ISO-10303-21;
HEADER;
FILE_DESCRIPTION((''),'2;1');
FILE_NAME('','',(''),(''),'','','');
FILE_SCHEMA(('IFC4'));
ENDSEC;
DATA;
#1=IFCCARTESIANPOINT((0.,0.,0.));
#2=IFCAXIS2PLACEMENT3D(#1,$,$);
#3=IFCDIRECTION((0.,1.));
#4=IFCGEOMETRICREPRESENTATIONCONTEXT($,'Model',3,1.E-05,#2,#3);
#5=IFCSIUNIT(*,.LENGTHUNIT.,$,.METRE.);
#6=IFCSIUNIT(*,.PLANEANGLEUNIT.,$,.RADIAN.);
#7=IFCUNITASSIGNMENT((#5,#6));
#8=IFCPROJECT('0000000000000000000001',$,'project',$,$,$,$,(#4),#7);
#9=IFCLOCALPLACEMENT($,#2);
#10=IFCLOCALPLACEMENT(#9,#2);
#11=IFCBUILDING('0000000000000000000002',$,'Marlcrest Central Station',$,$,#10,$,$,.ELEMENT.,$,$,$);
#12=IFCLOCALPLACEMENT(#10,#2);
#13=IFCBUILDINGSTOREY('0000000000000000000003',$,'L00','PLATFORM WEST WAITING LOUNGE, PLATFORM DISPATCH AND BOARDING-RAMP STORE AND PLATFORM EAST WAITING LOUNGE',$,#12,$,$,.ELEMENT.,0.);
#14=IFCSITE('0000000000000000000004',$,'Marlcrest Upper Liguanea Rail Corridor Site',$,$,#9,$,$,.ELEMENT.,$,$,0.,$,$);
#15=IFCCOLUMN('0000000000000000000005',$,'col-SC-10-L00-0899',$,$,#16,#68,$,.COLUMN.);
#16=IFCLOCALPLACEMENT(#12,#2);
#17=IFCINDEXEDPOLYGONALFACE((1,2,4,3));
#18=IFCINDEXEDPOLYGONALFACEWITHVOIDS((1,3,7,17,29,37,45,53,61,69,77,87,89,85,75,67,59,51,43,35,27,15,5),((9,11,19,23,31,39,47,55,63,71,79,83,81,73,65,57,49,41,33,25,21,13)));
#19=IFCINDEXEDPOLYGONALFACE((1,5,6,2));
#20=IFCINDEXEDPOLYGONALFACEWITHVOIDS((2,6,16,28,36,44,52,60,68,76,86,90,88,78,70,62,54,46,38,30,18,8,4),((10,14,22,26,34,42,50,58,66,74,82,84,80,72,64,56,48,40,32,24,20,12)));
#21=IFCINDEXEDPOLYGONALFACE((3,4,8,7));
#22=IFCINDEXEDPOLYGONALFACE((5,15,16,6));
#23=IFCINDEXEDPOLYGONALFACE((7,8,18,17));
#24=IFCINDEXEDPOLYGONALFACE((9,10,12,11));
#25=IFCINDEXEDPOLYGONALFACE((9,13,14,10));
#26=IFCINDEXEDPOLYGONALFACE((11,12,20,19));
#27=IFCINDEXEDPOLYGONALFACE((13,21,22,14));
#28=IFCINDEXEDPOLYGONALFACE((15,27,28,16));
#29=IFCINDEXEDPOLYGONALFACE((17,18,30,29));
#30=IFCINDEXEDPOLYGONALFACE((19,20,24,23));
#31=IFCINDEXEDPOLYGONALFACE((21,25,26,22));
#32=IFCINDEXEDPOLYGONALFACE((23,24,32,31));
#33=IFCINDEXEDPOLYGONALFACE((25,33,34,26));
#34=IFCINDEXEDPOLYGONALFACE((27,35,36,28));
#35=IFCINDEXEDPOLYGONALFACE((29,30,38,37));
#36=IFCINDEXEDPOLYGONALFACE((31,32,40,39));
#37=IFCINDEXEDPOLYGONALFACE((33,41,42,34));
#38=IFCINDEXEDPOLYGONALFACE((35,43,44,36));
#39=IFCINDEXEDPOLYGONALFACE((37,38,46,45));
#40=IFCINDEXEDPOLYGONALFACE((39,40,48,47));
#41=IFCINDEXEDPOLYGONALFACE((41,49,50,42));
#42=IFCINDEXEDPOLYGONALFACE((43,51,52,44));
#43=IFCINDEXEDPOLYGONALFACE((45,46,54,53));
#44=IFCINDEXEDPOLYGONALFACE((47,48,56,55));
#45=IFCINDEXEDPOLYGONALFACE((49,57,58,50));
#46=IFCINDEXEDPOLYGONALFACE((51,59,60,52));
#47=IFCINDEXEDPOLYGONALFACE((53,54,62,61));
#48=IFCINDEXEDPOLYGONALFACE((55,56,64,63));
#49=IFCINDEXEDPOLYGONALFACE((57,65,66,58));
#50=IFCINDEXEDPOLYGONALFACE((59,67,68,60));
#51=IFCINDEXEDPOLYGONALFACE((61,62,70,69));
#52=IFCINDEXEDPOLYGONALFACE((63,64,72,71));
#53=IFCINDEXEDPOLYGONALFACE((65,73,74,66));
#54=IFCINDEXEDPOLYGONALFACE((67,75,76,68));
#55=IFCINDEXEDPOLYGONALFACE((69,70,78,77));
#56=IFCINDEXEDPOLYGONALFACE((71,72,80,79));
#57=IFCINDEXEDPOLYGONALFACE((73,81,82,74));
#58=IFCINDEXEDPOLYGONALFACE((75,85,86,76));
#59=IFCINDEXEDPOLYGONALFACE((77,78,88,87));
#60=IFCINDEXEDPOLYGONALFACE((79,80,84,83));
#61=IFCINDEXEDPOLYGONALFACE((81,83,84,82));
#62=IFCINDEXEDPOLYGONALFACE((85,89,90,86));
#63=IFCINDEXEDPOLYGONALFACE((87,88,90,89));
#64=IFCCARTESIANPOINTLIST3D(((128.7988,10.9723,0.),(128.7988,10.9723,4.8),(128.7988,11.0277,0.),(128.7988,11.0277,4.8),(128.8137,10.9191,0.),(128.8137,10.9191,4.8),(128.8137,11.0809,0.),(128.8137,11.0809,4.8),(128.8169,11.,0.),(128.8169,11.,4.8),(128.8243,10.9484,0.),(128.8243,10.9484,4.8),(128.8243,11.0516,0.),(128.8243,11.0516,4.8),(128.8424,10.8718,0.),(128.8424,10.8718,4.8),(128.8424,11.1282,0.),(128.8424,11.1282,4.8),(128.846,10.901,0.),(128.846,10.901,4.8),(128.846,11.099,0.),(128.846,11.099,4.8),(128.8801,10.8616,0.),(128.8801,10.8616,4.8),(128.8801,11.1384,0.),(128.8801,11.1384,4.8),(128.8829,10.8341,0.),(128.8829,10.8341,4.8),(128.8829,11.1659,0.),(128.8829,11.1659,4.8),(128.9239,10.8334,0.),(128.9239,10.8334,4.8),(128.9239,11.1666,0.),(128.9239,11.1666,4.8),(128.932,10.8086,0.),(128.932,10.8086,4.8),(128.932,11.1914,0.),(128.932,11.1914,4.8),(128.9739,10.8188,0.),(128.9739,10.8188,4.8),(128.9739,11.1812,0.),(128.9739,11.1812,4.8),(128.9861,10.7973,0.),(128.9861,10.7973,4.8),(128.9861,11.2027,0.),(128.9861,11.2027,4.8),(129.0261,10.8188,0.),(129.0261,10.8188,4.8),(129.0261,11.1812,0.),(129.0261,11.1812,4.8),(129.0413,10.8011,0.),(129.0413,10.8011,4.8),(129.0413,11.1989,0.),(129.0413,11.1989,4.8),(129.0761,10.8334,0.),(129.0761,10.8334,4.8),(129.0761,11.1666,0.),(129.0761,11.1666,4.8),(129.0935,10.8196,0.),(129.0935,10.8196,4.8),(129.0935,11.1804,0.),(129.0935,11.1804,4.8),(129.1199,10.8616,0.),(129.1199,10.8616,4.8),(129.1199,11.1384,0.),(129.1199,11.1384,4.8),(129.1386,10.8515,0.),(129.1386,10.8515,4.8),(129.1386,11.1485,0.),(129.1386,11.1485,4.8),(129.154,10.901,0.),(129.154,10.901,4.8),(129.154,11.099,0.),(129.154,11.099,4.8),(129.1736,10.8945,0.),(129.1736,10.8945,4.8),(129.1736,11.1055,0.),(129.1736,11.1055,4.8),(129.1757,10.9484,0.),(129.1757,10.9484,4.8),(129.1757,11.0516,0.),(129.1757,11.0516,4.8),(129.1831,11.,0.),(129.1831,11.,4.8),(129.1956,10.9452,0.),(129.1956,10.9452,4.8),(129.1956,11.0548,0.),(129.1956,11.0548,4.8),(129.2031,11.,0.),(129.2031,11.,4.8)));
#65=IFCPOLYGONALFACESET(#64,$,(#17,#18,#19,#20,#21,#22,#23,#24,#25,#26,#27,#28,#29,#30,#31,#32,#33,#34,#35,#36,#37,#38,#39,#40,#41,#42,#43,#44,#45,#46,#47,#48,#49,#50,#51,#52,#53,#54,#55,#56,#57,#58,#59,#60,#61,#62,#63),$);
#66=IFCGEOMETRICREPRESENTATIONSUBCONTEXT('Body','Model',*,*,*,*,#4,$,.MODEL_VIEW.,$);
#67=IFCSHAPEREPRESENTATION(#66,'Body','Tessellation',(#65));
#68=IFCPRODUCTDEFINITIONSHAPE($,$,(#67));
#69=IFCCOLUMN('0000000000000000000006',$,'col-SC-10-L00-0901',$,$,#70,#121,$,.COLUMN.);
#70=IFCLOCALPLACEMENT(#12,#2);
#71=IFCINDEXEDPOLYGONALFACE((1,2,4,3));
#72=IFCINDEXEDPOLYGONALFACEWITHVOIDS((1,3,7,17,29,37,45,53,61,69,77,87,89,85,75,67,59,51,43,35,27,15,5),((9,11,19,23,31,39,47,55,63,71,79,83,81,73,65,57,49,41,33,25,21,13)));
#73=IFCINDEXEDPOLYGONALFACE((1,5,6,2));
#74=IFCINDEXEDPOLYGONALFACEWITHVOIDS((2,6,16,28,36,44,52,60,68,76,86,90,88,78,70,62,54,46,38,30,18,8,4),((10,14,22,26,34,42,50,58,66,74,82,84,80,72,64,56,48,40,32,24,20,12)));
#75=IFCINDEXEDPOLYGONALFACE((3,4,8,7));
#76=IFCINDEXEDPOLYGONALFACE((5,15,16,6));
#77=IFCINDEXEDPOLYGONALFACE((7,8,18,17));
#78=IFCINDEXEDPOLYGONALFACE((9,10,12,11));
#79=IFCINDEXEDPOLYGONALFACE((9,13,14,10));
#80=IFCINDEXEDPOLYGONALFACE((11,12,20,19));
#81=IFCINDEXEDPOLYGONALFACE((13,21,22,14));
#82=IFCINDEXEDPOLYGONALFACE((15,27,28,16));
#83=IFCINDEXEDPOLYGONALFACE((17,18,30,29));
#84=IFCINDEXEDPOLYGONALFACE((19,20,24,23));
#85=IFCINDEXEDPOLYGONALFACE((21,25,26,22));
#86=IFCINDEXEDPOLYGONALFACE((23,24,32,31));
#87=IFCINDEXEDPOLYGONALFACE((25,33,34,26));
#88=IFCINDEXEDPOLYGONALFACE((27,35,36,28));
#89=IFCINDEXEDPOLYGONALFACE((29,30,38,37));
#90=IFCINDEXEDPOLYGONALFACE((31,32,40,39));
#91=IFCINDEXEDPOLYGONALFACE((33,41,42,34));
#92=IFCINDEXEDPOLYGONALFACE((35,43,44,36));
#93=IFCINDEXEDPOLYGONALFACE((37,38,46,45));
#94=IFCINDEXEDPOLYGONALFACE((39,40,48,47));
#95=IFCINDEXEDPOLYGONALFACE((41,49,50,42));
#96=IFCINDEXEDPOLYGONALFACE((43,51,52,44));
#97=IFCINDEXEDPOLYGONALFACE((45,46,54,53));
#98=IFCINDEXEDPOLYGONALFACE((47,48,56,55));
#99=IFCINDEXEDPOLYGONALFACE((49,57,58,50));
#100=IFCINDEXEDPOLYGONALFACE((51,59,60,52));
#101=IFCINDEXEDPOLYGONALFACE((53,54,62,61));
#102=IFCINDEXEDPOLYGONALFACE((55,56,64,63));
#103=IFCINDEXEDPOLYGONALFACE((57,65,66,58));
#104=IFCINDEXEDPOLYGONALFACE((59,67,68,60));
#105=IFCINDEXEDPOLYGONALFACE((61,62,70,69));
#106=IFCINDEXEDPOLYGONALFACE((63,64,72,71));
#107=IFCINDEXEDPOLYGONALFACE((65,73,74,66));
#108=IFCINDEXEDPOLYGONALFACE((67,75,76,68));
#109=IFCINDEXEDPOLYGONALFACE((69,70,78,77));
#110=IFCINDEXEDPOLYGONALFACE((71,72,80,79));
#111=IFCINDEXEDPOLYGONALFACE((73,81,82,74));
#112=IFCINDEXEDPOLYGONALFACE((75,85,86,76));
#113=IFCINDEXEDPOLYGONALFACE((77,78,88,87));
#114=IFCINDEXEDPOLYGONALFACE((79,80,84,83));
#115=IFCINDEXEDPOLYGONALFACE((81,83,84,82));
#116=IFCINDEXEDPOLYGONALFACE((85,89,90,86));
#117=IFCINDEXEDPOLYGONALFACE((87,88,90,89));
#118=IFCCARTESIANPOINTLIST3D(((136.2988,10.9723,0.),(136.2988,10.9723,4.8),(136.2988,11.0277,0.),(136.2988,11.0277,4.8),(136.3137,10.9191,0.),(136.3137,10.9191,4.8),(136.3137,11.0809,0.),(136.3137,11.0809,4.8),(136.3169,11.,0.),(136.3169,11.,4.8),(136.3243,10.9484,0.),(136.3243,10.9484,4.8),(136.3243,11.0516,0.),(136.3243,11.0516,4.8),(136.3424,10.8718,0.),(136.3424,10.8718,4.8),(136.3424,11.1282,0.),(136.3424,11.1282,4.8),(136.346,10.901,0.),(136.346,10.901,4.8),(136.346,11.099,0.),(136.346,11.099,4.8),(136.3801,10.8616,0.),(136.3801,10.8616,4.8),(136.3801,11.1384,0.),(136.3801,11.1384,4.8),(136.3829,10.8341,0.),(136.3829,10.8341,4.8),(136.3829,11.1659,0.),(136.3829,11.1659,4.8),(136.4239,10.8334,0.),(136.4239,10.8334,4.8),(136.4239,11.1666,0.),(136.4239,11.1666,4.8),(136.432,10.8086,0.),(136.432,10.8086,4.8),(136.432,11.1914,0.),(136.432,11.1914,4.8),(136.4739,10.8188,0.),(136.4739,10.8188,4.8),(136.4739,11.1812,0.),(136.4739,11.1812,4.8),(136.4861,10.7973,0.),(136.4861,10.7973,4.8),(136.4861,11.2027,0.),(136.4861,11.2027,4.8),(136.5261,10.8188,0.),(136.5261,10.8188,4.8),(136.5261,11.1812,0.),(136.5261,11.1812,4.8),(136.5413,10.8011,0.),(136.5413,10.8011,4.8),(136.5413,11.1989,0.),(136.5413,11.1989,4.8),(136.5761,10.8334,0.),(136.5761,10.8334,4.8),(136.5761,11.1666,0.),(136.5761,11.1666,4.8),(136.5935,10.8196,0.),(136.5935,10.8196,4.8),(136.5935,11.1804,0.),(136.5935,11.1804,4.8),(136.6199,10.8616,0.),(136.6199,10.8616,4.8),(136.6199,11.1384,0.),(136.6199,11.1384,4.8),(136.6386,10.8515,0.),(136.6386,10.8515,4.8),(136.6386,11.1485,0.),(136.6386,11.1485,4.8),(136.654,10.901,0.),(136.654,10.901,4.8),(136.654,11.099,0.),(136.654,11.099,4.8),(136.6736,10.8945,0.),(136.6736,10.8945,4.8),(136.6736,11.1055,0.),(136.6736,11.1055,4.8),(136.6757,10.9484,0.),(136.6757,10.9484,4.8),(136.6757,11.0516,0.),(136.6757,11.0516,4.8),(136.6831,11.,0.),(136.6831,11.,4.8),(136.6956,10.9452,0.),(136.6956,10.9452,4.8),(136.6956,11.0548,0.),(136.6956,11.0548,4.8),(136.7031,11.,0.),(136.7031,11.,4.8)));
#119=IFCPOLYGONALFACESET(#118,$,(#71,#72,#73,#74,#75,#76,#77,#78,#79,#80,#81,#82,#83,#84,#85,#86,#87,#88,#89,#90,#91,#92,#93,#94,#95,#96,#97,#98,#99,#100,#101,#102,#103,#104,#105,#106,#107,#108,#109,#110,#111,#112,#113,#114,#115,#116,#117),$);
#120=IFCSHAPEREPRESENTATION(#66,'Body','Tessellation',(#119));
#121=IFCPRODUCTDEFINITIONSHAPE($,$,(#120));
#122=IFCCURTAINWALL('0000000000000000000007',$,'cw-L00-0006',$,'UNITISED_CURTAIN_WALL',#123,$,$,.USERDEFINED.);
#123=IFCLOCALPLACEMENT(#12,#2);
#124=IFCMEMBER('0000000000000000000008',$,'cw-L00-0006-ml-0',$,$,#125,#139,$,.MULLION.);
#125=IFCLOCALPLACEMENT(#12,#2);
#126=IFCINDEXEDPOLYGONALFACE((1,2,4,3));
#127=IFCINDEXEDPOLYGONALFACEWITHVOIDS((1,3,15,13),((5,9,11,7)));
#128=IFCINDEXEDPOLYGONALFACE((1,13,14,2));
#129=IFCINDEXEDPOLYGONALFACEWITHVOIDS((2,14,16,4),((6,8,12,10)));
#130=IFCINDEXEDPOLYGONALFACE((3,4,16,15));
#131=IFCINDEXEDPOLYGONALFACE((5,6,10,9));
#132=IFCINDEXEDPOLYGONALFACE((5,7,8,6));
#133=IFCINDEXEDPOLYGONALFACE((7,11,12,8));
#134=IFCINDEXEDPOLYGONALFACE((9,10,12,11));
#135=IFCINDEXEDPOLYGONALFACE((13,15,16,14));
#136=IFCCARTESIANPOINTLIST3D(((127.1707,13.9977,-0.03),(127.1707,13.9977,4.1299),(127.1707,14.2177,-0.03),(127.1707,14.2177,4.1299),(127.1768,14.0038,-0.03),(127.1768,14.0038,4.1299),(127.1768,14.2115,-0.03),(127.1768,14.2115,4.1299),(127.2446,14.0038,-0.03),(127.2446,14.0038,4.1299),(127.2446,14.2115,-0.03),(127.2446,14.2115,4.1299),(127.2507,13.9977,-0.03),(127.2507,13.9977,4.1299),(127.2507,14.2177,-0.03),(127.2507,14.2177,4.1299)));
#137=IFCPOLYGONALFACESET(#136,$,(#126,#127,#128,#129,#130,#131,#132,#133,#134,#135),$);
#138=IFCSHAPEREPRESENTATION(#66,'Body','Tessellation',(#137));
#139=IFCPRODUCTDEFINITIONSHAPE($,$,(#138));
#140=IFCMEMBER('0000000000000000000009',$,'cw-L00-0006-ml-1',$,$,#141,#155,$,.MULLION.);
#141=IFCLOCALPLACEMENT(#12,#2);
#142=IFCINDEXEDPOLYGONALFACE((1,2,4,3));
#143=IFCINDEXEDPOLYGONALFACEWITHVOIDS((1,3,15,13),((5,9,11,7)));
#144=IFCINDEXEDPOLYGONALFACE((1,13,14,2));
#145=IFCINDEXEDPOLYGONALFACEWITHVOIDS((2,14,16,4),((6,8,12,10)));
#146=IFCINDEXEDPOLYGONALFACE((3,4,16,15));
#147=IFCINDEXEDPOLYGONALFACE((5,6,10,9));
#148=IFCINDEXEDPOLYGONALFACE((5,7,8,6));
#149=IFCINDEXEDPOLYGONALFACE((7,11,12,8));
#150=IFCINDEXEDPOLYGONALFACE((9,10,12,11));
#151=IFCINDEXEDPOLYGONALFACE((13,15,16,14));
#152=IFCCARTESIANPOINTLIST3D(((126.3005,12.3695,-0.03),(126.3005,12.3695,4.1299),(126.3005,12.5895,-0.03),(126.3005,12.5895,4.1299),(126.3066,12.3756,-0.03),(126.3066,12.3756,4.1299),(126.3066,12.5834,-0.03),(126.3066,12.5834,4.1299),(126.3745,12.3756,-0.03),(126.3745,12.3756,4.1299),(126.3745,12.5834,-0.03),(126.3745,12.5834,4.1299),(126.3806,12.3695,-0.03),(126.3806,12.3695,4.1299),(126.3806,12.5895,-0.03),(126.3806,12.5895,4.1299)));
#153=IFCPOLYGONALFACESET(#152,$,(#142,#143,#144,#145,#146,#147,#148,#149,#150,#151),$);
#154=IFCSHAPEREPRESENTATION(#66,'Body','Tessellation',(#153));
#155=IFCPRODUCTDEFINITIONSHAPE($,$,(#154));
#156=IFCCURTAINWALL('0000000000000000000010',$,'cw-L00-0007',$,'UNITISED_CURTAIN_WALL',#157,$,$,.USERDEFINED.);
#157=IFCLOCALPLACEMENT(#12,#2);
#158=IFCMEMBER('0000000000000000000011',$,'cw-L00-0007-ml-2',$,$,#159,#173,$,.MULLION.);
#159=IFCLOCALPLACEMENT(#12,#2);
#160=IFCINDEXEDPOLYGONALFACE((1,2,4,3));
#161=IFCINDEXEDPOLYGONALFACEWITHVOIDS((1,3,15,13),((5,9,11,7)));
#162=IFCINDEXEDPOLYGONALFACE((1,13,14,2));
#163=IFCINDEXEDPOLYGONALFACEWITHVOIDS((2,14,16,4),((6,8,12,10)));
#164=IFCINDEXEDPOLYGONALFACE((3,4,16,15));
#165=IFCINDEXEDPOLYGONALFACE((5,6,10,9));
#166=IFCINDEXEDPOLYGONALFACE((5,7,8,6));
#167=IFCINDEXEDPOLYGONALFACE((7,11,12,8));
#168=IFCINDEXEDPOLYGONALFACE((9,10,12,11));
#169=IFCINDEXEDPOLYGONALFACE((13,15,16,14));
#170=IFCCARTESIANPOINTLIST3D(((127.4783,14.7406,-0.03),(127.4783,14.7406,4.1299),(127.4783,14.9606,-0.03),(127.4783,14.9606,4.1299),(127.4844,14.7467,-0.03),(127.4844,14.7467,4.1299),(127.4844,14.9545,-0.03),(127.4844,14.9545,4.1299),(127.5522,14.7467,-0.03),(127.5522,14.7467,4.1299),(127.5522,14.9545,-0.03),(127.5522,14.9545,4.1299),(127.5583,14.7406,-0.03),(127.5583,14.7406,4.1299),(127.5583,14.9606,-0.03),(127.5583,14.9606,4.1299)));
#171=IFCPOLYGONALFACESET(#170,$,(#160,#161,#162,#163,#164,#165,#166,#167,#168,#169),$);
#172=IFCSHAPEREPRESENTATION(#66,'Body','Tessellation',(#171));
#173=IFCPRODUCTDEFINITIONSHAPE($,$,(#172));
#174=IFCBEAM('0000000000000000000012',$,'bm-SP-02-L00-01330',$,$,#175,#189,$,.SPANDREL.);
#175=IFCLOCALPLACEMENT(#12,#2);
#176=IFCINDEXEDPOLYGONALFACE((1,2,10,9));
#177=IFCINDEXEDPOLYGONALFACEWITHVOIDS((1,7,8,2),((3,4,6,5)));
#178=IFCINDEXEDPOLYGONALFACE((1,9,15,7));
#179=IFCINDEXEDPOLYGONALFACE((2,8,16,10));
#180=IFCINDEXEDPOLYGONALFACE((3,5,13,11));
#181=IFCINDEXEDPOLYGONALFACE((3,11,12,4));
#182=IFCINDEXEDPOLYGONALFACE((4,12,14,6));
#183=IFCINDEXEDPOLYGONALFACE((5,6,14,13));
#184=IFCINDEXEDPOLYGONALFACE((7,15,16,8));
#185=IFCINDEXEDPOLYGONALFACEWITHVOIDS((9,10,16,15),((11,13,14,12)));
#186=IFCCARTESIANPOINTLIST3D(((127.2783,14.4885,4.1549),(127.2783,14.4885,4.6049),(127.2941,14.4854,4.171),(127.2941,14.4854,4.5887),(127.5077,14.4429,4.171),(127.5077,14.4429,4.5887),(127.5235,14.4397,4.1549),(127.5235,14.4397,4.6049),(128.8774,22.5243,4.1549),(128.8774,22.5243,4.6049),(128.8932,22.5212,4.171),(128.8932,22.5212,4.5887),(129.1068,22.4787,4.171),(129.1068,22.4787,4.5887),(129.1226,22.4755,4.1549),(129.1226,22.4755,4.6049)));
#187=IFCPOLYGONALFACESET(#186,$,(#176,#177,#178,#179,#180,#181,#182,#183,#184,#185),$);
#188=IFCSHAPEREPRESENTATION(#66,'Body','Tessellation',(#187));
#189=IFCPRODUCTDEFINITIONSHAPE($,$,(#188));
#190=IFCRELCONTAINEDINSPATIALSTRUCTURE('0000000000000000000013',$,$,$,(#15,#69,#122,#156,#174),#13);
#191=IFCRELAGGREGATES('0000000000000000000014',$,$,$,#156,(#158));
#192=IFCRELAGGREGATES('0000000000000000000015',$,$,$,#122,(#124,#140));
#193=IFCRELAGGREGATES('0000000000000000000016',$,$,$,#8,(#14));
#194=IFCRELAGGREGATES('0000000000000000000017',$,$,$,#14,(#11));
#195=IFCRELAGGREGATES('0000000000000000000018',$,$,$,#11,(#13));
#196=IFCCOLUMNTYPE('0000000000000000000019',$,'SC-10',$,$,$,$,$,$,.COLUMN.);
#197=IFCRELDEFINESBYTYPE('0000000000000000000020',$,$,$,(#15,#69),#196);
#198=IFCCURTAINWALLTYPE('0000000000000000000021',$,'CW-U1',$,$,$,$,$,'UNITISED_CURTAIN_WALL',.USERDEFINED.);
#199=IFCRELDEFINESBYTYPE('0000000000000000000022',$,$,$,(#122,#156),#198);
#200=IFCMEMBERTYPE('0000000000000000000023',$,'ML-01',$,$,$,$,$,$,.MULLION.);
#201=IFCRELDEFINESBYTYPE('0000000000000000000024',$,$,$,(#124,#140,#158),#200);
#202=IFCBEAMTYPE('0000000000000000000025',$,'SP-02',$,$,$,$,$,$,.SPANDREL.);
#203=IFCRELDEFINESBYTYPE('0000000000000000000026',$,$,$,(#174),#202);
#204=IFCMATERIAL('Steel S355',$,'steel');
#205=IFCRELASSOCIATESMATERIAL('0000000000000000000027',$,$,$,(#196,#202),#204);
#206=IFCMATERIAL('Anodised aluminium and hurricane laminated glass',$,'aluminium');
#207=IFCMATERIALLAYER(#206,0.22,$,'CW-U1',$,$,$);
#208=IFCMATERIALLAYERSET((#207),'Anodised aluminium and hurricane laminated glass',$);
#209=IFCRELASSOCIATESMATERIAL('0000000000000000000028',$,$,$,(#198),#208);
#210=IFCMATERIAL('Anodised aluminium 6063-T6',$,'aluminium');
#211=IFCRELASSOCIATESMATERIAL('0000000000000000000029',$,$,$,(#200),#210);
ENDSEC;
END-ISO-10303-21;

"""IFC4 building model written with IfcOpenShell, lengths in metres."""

from ifc_helpers import new_model, si_unit, direction, frame, origin, origin_2d, place, context, subcontext, project, spatial, hollow_rectangle, hollow_circle, extrude, material, layer, layer_set, material_profile, profile_set, type_object, element, aggregate, save


model = new_model("IFC4")

# Units and contexts
model_context = context("Model", 3, precision=1e-05, world=origin(), true_north=direction((0.0, 1.0)))
body_context = subcontext(model_context, "Body", "Model", "MODEL_VIEW")
ifc_project = project(units=[si_unit("LENGTHUNIT", "METRE"), si_unit("PLANEANGLEUNIT", "RADIAN")], contexts=[model_context])

# Site, building, storey
site_placement = place(None, origin())
site = spatial("IfcSite", under=ifc_project, at=site_placement, Name="Marlcrest Upper Liguanea Rail Corridor Site", CompositionType="ELEMENT", RefElevation=0.0)
building_placement = place(site_placement, origin())
building = spatial("IfcBuilding", under=site, at=building_placement, Name="Marlcrest Central Station", CompositionType="ELEMENT")
storey_placement = place(building_placement, origin())
storey = spatial("IfcBuildingStorey", under=building, at=storey_placement, Name="L00", Description="PLATFORM WEST WAITING LOUNGE, PLATFORM DISPATCH AND BOARDING-RAMP STORE AND PLATFORM EAST WAITING LOUNGE", CompositionType="ELEMENT", Elevation=0.0)

# Columns
ifc_material_1 = material(Name="Steel S355", Category="steel")
ifc_material_profile_1 = material_profile(ifc_material_1, hollow_circle(Radius=0.2031, WallThickness=0.02, at=origin_2d()), Name="CHS 406.4x20")
ifc_profile_set_1 = profile_set([ifc_material_profile_1], Name="Steel S355")
column_type = type_object("IfcColumnType", Name="SC-10", PredefinedType="COLUMN", material=ifc_profile_set_1)
for number, where, z_axis, x_axis, name in (
    (1, (129.0, 11.0, 0.0), (0.0, 0.0, 1.0), (1.0, 0.0, 0.0), "col-SC-10-L00-0899"),
    (2, (136.5, 11.0, 0.0), (0.0, 0.0, 1.0), (1.0, 0.0, 0.0), "col-SC-10-L00-0901"),
):
    element("IfcColumn", number, at=place(storey_placement, frame(where, z_axis=z_axis, x_axis=x_axis)), inside=storey, type_object=column_type, Name=name, PredefinedType="COLUMN", context=body_context, shape_type="SweptSolid", body=[
        extrude(hollow_circle(Radius=0.2031, WallThickness=0.02, at=origin_2d()), origin(), (0.0, 0.0, 1.0), 4.8),
    ])

# Curtain wall, members
ifc_material_2 = material(Name="Anodised aluminium and hurricane laminated glass", Category="aluminium")
ifc_layer_1 = layer(ifc_material_2, 0.22, Name="CW-U1")
ifc_layer_set_1 = layer_set([ifc_layer_1], Name="Anodised aluminium and hurricane laminated glass")
curtain_wall_type = type_object("IfcCurtainWallType", Name="CW-U1", ElementType="UNITISED_CURTAIN_WALL", PredefinedType="USERDEFINED", material=ifc_layer_set_1)
curtain_wall_1_placement = place(storey_placement, origin())
curtain_wall_1 = element("IfcCurtainWall", 3, at=curtain_wall_1_placement, inside=storey, type_object=curtain_wall_type, Name="cw-L00-0006", ObjectType="UNITISED_CURTAIN_WALL", PredefinedType="USERDEFINED")
ifc_material_3 = material(Name="Anodised aluminium 6063-T6", Category="aluminium")
ifc_material_profile_2 = material_profile(ifc_material_3, hollow_rectangle(XDim=0.0801, YDim=0.22, WallThickness=0.0061, at=origin_2d()), Name="AA-RHS 220x80x6")
ifc_profile_set_2 = profile_set([ifc_material_profile_2], Name="Anodised aluminium 6063-T6")
member_type_1 = type_object("IfcMemberType", Name="ML-01", PredefinedType="MULLION", material=ifc_profile_set_2)
member_1_placement = place(storey_placement, frame((127.2107, 14.1077, -0.03), z_axis=(0.0, 0.0, 1.0), x_axis=(1.0, 0.0, 0.0)))
member_1 = element("IfcMember", 4, at=member_1_placement, type_object=member_type_1, Name="cw-L00-0006-ml-0", PredefinedType="MULLION", context=body_context, shape_type="SweptSolid", body=[
    extrude(hollow_rectangle(XDim=0.0801, YDim=0.22, WallThickness=0.0061, at=origin_2d()), origin(), (0.0, 0.0, 1.0), 4.1599),
])
member_2_placement = place(storey_placement, frame((126.3406, 12.4795, -0.03), z_axis=(0.0, 0.0, 1.0), x_axis=(1.0, 0.0, 0.0)))
member_2 = element("IfcMember", 5, at=member_2_placement, type_object=member_type_1, Name="cw-L00-0006-ml-1", PredefinedType="MULLION", context=body_context, shape_type="SweptSolid", body=[
    extrude(hollow_rectangle(XDim=0.0801, YDim=0.22, WallThickness=0.0061, at=origin_2d()), origin(), (0.0, 0.0, 1.0), 4.1599),
])

# Curtain wall, member
curtain_wall_2_placement = place(storey_placement, origin())
curtain_wall_2 = element("IfcCurtainWall", 6, at=curtain_wall_2_placement, inside=storey, type_object=curtain_wall_type, Name="cw-L00-0007", ObjectType="UNITISED_CURTAIN_WALL", PredefinedType="USERDEFINED")
member_3_placement = place(storey_placement, frame((127.5183, 14.8506, -0.03), z_axis=(0.0, 0.0, 1.0), x_axis=(1.0, 0.0, 0.0)))
member_3 = element("IfcMember", 7, at=member_3_placement, type_object=member_type_1, Name="cw-L00-0007-ml-2", PredefinedType="MULLION", context=body_context, shape_type="SweptSolid", body=[
    extrude(hollow_rectangle(XDim=0.0801, YDim=0.22, WallThickness=0.0061, at=origin_2d()), origin(), (0.0, 0.0, 1.0), 4.1599),
])
aggregate(curtain_wall_2, [member_3])

# Beam
ifc_material_profile_3 = material_profile(ifc_material_1, hollow_rectangle(XDim=0.25, YDim=0.45, WallThickness=0.0161, at=origin_2d()), Name="RHS 450x250x16")
ifc_profile_set_3 = profile_set([ifc_material_profile_3], Name="Steel S355")
beam_type = type_object("IfcBeamType", Name="SP-02", PredefinedType="SPANDREL", material=ifc_profile_set_3)
beam_placement = place(storey_placement, frame((127.4009, 14.4641, 4.3799), z_axis=(0.195171, 0.980769, 0.0), x_axis=(-0.980769, 0.195171, 0.0)))
element("IfcBeam", 8, at=beam_placement, inside=storey, type_object=beam_type, Name="bm-SP-02-L00-01330", PredefinedType="SPANDREL", context=body_context, shape_type="SweptSolid", body=[
    extrude(hollow_rectangle(XDim=0.25, YDim=0.45, WallThickness=0.0161, at=origin_2d()), origin(), (0.0, 0.0, 1.0), 8.1934),
])

aggregate(curtain_wall_1, [member_1, member_2])

save(model, "model.ifc")
